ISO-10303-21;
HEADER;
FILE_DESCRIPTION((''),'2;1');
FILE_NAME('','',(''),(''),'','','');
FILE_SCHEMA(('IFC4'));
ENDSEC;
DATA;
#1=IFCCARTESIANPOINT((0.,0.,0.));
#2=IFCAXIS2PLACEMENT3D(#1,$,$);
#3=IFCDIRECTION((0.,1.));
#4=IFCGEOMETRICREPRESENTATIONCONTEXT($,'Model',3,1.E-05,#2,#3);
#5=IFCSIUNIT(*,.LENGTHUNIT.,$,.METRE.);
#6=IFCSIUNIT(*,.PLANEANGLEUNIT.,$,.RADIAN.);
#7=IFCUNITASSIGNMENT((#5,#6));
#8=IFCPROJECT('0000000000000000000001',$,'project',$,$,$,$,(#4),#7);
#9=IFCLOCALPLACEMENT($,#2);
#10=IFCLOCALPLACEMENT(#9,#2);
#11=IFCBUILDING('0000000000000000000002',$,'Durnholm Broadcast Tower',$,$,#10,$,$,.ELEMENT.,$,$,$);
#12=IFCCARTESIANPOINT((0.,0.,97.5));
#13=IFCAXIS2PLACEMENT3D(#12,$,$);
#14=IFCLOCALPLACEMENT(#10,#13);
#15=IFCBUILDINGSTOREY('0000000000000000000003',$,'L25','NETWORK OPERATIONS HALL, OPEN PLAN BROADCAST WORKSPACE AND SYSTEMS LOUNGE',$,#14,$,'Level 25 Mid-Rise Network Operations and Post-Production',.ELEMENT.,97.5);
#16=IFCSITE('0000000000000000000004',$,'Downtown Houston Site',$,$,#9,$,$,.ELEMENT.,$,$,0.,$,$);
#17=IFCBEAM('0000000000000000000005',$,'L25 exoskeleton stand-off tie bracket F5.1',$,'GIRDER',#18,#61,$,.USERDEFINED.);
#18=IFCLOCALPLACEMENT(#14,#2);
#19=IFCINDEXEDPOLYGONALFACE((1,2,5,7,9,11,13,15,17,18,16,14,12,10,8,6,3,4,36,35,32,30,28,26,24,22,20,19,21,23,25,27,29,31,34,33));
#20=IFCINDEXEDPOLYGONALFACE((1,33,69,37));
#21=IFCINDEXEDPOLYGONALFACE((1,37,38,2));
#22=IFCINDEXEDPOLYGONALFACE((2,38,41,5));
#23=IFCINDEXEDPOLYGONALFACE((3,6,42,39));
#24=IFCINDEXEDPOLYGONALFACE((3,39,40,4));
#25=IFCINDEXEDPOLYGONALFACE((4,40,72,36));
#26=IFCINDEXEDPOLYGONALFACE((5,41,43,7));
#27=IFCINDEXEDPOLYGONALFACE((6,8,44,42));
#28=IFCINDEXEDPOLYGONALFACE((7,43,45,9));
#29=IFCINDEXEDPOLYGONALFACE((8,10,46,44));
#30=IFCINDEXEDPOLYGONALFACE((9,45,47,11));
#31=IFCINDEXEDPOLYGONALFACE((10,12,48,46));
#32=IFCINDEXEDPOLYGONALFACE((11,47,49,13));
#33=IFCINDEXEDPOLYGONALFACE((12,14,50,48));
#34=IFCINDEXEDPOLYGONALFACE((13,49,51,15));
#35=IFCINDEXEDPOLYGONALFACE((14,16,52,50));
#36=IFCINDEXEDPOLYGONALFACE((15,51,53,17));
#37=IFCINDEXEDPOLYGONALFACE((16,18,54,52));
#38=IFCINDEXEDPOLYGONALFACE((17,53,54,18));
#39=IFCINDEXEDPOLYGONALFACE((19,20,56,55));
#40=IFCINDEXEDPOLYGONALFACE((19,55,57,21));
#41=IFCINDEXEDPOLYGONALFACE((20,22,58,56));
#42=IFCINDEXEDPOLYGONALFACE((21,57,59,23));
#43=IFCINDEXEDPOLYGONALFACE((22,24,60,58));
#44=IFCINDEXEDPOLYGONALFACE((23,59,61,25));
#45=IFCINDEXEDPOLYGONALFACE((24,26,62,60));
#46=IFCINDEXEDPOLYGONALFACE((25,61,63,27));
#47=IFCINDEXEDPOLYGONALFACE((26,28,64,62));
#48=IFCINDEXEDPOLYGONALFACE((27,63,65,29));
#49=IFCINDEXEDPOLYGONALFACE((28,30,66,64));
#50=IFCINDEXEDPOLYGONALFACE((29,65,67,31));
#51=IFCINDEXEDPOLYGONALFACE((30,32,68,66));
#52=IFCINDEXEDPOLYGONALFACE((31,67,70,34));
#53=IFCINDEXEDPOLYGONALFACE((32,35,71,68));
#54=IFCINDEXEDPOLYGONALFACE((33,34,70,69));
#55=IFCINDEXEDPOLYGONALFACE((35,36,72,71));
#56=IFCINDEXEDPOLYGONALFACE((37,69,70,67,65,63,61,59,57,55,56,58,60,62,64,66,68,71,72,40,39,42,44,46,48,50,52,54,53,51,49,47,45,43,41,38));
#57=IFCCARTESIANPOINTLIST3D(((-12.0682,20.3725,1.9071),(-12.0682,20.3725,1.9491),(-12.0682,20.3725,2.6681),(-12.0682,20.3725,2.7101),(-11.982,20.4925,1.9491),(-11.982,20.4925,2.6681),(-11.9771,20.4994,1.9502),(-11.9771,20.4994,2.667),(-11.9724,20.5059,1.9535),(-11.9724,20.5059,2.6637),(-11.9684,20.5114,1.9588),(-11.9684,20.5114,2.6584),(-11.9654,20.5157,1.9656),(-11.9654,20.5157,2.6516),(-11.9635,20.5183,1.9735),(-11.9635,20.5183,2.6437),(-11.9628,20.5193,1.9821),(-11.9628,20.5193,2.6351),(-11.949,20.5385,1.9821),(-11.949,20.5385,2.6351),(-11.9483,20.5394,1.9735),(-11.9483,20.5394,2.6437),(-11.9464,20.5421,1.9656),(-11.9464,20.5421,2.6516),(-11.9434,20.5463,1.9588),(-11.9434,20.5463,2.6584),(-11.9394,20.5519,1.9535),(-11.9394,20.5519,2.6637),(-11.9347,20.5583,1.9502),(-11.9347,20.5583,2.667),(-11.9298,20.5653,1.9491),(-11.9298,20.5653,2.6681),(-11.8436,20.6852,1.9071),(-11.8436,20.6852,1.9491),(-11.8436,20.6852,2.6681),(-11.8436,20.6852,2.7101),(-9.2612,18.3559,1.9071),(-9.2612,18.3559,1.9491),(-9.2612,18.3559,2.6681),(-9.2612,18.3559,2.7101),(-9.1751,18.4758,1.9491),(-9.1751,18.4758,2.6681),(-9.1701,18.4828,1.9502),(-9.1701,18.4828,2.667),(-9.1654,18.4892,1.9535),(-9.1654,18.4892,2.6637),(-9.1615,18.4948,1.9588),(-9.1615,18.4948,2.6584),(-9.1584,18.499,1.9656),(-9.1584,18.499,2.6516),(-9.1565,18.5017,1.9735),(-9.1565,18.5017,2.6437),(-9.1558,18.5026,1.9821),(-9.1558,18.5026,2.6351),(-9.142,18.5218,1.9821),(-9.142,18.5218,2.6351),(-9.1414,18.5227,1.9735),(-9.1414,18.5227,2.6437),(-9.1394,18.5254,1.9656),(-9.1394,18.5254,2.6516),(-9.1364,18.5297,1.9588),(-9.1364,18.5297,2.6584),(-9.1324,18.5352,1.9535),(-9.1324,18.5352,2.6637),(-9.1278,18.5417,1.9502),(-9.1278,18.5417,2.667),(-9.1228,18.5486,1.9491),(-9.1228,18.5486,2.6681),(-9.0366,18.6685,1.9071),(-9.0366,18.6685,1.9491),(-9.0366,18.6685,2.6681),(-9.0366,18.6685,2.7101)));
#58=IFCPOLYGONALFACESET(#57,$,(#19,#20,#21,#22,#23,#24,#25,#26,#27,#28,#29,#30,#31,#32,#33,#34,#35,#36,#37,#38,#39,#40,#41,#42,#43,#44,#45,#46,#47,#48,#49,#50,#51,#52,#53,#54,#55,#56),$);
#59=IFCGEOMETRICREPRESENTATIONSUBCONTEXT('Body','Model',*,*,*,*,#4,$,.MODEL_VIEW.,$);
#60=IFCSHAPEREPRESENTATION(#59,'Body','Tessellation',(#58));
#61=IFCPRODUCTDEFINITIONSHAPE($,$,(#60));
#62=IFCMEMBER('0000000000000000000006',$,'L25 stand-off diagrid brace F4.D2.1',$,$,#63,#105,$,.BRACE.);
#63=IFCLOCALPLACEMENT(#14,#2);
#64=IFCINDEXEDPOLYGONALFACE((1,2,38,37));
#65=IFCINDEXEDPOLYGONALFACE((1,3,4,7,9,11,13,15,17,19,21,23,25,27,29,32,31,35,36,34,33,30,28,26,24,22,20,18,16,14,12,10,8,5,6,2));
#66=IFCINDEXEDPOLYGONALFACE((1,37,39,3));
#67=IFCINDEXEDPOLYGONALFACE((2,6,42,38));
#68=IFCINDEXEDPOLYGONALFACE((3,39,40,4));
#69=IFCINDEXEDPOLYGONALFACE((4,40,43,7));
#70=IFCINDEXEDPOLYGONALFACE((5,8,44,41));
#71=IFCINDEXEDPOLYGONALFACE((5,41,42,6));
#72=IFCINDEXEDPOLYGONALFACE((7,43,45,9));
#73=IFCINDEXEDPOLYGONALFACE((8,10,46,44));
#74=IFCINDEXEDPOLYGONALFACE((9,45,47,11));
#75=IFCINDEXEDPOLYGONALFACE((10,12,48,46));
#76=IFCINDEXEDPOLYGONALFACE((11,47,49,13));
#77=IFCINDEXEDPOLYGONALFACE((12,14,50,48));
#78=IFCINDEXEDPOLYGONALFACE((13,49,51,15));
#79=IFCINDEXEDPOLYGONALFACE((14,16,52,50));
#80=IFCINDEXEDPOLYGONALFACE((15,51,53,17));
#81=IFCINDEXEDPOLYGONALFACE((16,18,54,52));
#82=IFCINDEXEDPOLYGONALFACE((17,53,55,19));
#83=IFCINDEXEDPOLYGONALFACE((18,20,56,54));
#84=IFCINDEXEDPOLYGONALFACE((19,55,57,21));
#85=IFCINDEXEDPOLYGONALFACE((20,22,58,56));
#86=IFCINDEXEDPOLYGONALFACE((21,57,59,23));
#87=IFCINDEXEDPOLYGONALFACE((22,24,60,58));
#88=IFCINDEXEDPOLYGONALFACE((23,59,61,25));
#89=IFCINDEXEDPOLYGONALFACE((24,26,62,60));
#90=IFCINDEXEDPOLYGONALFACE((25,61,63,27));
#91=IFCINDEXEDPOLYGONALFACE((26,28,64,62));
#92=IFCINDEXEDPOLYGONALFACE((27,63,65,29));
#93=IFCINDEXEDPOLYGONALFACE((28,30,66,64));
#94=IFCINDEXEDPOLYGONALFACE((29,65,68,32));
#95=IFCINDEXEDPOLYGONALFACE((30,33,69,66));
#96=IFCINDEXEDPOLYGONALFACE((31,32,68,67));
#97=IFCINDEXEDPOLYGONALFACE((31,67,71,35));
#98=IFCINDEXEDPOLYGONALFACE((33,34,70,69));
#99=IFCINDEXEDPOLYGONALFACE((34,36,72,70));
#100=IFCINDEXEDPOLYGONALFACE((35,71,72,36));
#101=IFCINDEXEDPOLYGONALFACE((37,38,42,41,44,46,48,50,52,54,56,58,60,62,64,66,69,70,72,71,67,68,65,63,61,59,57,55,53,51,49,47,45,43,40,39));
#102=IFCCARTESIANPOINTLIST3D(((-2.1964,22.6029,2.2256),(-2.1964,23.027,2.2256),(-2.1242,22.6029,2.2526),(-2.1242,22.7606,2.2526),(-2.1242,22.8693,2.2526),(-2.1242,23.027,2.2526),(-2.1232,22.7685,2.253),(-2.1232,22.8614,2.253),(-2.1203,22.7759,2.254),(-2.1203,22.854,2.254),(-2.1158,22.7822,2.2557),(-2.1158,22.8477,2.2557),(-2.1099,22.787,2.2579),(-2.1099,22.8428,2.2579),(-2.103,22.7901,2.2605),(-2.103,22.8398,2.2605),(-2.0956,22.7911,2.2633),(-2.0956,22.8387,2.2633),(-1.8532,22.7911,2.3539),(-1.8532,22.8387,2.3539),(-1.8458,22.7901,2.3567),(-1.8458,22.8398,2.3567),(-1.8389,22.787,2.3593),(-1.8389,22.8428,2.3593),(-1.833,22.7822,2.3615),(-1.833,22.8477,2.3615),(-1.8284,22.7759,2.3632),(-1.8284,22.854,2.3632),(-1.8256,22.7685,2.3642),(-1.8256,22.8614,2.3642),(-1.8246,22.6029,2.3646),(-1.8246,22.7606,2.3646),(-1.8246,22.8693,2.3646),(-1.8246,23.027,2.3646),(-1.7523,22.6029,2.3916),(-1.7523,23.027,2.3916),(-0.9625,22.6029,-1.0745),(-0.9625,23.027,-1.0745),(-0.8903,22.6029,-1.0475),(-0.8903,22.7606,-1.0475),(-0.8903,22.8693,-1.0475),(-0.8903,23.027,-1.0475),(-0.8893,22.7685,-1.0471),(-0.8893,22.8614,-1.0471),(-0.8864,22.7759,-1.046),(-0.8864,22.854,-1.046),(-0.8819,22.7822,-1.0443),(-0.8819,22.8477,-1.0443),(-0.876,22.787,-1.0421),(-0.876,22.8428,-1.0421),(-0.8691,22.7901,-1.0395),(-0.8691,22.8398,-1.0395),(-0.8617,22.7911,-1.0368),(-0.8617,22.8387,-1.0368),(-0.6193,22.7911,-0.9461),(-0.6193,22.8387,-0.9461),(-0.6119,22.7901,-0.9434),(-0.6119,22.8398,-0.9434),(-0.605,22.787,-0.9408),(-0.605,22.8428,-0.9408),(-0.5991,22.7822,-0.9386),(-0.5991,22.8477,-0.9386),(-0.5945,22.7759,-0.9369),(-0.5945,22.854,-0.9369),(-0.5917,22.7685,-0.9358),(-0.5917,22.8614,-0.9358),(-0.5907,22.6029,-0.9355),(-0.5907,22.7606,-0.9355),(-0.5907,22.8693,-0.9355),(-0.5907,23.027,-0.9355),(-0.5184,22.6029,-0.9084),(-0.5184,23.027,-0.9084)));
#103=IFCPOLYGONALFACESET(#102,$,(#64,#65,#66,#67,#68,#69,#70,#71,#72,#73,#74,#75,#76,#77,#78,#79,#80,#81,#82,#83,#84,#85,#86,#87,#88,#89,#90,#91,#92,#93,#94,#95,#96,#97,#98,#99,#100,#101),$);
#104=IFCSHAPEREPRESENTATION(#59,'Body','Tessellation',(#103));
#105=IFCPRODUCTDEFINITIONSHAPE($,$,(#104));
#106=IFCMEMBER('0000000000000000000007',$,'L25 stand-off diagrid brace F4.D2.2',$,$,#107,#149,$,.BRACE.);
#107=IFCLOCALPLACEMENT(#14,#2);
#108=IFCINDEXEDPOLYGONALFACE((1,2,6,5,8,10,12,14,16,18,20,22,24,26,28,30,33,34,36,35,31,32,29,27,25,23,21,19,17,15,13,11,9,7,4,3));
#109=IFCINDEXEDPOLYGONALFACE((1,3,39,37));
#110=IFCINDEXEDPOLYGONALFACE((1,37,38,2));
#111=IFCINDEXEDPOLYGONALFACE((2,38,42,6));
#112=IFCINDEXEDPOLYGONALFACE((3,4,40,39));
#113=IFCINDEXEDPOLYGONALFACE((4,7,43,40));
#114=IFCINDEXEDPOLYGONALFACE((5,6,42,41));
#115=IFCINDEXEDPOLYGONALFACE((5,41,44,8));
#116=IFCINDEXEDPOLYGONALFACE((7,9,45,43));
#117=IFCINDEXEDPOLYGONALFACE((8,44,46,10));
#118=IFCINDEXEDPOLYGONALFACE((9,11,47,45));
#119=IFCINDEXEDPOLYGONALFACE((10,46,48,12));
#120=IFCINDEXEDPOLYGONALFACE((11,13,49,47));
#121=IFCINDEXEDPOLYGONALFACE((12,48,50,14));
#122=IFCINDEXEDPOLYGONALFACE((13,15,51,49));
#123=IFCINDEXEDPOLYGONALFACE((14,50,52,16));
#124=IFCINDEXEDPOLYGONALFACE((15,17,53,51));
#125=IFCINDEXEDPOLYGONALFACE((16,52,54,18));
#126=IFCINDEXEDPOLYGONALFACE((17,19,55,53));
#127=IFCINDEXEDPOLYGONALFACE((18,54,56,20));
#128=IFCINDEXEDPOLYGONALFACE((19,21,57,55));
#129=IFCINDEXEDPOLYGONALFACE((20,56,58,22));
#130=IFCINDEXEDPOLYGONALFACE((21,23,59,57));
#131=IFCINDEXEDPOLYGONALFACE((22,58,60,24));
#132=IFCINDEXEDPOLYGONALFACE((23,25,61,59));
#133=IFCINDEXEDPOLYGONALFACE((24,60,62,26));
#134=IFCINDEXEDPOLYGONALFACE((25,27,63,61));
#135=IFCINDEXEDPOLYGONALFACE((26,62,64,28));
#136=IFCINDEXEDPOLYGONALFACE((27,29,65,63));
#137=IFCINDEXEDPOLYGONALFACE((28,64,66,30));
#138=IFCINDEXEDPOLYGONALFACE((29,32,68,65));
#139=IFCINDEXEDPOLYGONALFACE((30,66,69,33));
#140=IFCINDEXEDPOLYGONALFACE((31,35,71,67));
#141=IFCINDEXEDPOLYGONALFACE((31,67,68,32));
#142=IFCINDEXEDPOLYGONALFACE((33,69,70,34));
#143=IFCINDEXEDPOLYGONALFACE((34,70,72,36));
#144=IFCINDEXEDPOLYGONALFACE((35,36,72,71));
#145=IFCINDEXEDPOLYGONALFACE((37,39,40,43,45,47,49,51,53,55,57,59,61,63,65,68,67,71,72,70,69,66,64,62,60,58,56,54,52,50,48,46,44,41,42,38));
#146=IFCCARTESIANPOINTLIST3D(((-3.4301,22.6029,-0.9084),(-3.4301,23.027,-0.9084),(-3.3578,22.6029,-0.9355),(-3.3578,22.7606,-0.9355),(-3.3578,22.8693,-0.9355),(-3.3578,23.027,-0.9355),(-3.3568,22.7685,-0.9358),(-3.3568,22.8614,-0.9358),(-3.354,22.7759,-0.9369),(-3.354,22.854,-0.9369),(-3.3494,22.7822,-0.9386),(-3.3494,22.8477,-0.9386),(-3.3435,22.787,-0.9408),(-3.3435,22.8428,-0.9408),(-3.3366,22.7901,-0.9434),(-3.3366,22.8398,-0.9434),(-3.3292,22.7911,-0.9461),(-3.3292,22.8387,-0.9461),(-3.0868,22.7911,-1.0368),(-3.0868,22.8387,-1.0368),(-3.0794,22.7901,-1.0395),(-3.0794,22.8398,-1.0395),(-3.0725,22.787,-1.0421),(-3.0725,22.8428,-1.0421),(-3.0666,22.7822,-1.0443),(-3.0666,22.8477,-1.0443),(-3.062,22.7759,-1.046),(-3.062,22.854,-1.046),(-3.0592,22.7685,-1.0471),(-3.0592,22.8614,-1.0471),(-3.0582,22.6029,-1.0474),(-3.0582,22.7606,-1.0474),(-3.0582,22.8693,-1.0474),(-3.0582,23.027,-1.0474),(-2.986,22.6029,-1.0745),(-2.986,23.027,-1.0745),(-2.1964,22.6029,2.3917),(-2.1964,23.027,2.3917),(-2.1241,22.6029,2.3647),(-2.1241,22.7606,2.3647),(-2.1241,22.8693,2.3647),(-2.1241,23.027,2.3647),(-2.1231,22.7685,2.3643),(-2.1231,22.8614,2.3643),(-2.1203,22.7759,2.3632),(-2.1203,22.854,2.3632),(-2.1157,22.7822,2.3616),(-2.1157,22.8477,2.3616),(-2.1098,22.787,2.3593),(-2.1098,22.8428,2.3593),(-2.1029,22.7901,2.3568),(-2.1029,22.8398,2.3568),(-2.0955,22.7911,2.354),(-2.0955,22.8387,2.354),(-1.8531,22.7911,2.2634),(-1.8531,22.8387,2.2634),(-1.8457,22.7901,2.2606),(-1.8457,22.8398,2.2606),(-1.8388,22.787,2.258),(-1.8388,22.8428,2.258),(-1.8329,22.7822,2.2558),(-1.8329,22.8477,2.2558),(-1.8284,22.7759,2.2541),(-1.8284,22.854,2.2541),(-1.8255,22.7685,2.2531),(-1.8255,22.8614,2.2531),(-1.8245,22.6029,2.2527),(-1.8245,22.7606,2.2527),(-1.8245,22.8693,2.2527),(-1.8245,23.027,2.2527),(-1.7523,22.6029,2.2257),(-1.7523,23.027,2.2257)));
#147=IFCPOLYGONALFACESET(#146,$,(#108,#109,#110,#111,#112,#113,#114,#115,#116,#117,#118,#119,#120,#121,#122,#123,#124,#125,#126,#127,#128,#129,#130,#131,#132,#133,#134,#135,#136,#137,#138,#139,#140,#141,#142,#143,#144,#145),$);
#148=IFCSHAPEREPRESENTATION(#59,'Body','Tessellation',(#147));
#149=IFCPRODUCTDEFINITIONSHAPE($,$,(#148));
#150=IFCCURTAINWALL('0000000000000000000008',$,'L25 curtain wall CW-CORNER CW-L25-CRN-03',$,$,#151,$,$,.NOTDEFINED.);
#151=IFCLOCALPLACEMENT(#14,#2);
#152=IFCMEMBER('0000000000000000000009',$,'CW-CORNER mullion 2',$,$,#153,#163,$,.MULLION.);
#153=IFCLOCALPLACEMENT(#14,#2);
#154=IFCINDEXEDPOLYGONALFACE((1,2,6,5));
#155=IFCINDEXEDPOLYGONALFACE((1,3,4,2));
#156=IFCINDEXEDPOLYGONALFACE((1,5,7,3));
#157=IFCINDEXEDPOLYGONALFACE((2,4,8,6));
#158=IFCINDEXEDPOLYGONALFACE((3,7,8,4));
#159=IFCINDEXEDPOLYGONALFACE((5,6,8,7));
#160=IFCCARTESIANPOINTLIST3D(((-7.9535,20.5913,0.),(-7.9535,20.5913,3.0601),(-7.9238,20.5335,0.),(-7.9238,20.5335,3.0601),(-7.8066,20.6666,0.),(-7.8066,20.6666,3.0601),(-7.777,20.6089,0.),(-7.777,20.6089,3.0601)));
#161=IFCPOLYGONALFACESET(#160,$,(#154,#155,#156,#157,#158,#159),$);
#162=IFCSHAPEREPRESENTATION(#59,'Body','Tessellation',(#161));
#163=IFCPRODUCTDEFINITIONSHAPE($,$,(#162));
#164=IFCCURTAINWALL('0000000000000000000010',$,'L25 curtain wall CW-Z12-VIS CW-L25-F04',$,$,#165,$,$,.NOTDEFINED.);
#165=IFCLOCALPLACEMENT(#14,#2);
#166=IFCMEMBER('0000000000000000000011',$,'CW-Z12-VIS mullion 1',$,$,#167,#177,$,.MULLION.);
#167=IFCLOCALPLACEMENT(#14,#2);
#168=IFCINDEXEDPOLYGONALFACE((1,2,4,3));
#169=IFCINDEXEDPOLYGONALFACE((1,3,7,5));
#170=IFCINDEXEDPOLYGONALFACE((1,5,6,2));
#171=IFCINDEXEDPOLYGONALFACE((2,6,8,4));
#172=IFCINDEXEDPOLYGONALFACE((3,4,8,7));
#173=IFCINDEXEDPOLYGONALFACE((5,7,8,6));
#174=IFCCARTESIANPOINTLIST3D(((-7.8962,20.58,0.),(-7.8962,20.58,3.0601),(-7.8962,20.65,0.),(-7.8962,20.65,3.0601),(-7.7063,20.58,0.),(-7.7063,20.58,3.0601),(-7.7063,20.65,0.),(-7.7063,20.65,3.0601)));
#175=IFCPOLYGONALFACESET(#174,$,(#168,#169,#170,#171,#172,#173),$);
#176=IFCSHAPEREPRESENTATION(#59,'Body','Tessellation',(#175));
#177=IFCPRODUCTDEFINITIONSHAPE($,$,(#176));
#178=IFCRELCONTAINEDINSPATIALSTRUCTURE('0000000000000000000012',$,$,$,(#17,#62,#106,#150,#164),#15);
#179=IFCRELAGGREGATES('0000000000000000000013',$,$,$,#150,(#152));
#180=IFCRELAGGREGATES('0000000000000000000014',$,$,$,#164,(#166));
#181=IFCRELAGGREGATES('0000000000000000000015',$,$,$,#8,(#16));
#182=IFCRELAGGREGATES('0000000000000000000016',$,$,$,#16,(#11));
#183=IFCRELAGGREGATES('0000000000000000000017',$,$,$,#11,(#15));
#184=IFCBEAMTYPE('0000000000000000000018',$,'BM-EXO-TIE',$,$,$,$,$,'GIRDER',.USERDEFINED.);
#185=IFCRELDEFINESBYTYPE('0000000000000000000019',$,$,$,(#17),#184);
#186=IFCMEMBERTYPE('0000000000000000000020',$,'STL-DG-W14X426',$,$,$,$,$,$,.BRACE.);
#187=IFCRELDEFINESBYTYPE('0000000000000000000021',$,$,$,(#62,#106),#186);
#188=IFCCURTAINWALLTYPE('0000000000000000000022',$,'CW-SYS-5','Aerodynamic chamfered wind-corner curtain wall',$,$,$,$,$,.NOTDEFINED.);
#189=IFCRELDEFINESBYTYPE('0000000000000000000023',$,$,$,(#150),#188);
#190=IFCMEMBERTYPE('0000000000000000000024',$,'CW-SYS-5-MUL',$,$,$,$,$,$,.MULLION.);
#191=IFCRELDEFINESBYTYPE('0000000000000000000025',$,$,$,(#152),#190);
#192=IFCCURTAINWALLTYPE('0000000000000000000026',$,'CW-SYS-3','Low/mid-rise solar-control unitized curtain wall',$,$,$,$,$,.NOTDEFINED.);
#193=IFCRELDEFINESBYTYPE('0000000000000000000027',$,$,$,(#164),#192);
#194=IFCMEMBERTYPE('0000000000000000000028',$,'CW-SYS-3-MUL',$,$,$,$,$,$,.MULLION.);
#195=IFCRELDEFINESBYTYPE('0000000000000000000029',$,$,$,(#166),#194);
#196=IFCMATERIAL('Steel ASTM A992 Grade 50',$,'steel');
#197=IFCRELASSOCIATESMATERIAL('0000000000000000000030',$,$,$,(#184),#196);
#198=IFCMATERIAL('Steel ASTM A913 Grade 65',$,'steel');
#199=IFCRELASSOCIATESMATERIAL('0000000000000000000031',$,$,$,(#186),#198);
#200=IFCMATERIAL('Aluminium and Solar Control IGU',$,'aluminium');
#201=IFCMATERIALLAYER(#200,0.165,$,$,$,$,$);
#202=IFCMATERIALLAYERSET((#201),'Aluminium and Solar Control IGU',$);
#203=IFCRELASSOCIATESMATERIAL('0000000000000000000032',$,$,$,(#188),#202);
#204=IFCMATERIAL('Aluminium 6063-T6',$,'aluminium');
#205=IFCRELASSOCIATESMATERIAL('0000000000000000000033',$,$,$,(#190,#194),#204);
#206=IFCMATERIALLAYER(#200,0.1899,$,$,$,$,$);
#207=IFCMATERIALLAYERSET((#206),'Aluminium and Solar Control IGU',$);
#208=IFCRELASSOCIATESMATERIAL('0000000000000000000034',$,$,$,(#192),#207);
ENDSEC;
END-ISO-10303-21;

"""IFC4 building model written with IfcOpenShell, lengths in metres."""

from ifc_helpers import new_model, si_unit, direction, frame, origin, origin_2d, place, context, subcontext, project, spatial, rectangle, i_section, extrude, source, transform, mapped, material, layer, layer_set, material_profile, profile_set, type_object, type_shapes, element, aggregate, save


model = new_model("IFC4")

# Units and contexts
model_context = context("Model", 3, precision=1e-05, world=origin(), true_north=direction((0.0, 1.0)))
body_context = subcontext(model_context, "Body", "Model", "MODEL_VIEW")
ifc_project = project(units=[si_unit("LENGTHUNIT", "METRE"), si_unit("PLANEANGLEUNIT", "RADIAN")], contexts=[model_context])

# Site, building, storey
site_placement = place(None, origin())
site = spatial("IfcSite", under=ifc_project, at=site_placement, Name="Downtown Houston Site", CompositionType="ELEMENT", RefElevation=0.0)
building_placement = place(site_placement, origin())
building = spatial("IfcBuilding", under=site, at=building_placement, Name="Durnholm Broadcast Tower", CompositionType="ELEMENT")
storey_placement = place(building_placement, frame((0.0, 0.0, 97.5)))
storey = spatial("IfcBuildingStorey", under=building, at=storey_placement, Name="L25", Description="NETWORK OPERATIONS HALL, OPEN PLAN BROADCAST WORKSPACE AND SYSTEMS LOUNGE", LongName="Level 25 Mid-Rise Network Operations and Post-Production", CompositionType="ELEMENT", Elevation=97.5)

# Beam
ifc_material_1 = material(Name="Steel ASTM A992 Grade 50", Category="steel")
ifc_material_profile_1 = material_profile(ifc_material_1, i_section(OverallWidth=0.385, OverallDepth=0.803, WebThickness=0.0237, FlangeThickness=0.042, FilletRadius=0.033, at=origin_2d()), Name="W30X261")
ifc_profile_set_1 = profile_set([ifc_material_profile_1], Name="Steel ASTM A992 Grade 50")
beam_type_1 = type_object("IfcBeamType", Name="BM-EXO-TIE", ElementType="GIRDER", PredefinedType="USERDEFINED", material=ifc_profile_set_1)
shared_shape_1 = source(origin(), body_context, "Body", "SweptSolid", [
    extrude(i_section(OverallWidth=0.385, OverallDepth=0.803, WebThickness=0.0237, FlangeThickness=0.042, FilletRadius=0.033, at=origin_2d()), origin(), (0.0, 0.0, 1.0), 3.4563),
])
beam_1_placement = place(storey_placement, frame((-9.1489, 18.5122, 2.3086), z_axis=(-0.812131, 0.583474, 0.0), x_axis=(-0.583474, -0.812131, 0.0)))
element("IfcBeam", 1, at=beam_1_placement, inside=storey, type_object=beam_type_1, Name="L25 exoskeleton stand-off tie bracket F5.1", ObjectType="GIRDER", PredefinedType="USERDEFINED", context=body_context, shape_type="MappedRepresentation", body=[
    mapped(shared_shape_1, transform((0.0, 0.0, 0.0), x_axis=(1.0, 0.0, 0.0), y_axis=(0.0, 1.0, 0.0), z_axis=(0.0, 0.0, 1.0), scale=1.0)),
])

# Members
ifc_material_2 = material(Name="Steel ASTM A913 Grade 65", Category="steel")
ifc_material_profile_2 = material_profile(ifc_material_2, i_section(OverallWidth=0.4241, OverallDepth=0.4741, WebThickness=0.0476, FlangeThickness=0.0771, FilletRadius=0.0305, at=origin_2d()), Name="W14X426")
ifc_profile_set_2 = profile_set([ifc_material_profile_2], Name="Steel ASTM A913 Grade 65")
member_type_1 = type_object("IfcMemberType", Name="STL-DG-W14X426", PredefinedType="BRACE", material=ifc_profile_set_2)
shared_shape_2 = source(origin(), body_context, "Body", "SweptSolid", [
    extrude(i_section(OverallWidth=0.4241, OverallDepth=0.4741, WebThickness=0.0476, FlangeThickness=0.0771, FilletRadius=0.0305, at=origin_2d()), origin(), (0.0, 0.0, 1.0), 3.5232),
])
type_shapes(member_type_1, [shared_shape_2])
for number, where, z_axis, x_axis, name in (
    (2, (-0.7405, 22.8149, -0.9915), (-0.35022, 0.0, 0.936668), (0.0, -1.0, 0.0), "L25 stand-off diagrid brace F4.D2.1"),
    (3, (-3.208, 22.8149, -0.9915), (0.350159, 0.0, 0.93669), (0.0, 1.0, 0.0), "L25 stand-off diagrid brace F4.D2.2"),
):
    element("IfcMember", number, at=place(storey_placement, frame(where, z_axis=z_axis, x_axis=x_axis)), inside=storey, type_object=member_type_1, Name=name, PredefinedType="BRACE", context=body_context, shape_type="MappedRepresentation", body=[
        mapped(shared_shape_2, transform((0.0, 0.0, 0.0), x_axis=(1.0, 0.0, 0.0), y_axis=(0.0, 1.0, 0.0), z_axis=(0.0, 0.0, 1.0), scale=1.0)),
    ])

# Curtain wall, member
ifc_material_3 = material(Name="Aluminium and Solar Control IGU", Category="aluminium")
ifc_layer_1 = layer(ifc_material_3, 0.165)
ifc_layer_set_1 = layer_set([ifc_layer_1], Name="Aluminium and Solar Control IGU")
curtain_wall_type_1 = type_object("IfcCurtainWallType", Name="CW-SYS-5", Description="Aerodynamic chamfered wind-corner curtain wall", PredefinedType="NOTDEFINED", material=ifc_layer_set_1)
curtain_wall_1_placement = place(storey_placement, origin())
curtain_wall_1 = element("IfcCurtainWall", 4, at=curtain_wall_1_placement, inside=storey, type_object=curtain_wall_type_1, Name="L25 curtain wall CW-CORNER CW-L25-CRN-03", PredefinedType="NOTDEFINED")
ifc_material_4 = material(Name="Aluminium 6063-T6", Category="aluminium")
ifc_material_profile_3 = material_profile(ifc_material_4, rectangle(XDim=0.0649, YDim=0.165, at=origin_2d()), Name="CWM65X165")
ifc_profile_set_3 = profile_set([ifc_material_profile_3], Name="Aluminium 6063-T6")
member_type_2 = type_object("IfcMemberType", Name="CW-SYS-5-MUL", PredefinedType="MULLION", material=ifc_profile_set_3)
shared_shape_3 = source(origin(), body_context, "Body", "SweptSolid", [
    extrude(rectangle(XDim=0.0649, YDim=0.165, at=origin_2d()), origin(), (0.0, 0.0, 1.0), 3.0601),
])
type_shapes(member_type_2, [shared_shape_3])
member_1_placement = place(storey_placement, frame((-7.8652, 20.6001, 0.0), z_axis=(0.0, 0.0, 1.0), x_axis=(-0.456373, 0.889788, 0.0)))
member_1 = element("IfcMember", 5, at=member_1_placement, type_object=member_type_2, Name="CW-CORNER mullion 2", PredefinedType="MULLION", context=body_context, shape_type="MappedRepresentation", body=[
    mapped(shared_shape_3, transform((0.0, 0.0, 0.0), x_axis=(1.0, 0.0, 0.0), y_axis=(0.0, 1.0, 0.0), z_axis=(0.0, 0.0, 1.0), scale=1.0)),
])

# Curtain wall, member
ifc_layer_2 = layer(ifc_material_3, 0.1899)
ifc_layer_set_2 = layer_set([ifc_layer_2], Name="Aluminium and Solar Control IGU")
curtain_wall_type_2 = type_object("IfcCurtainWallType", Name="CW-SYS-3", Description="Low/mid-rise solar-control unitized curtain wall", PredefinedType="NOTDEFINED", material=ifc_layer_set_2)
curtain_wall_2_placement = place(storey_placement, origin())
curtain_wall_2 = element("IfcCurtainWall", 6, at=curtain_wall_2_placement, inside=storey, type_object=curtain_wall_type_2, Name="L25 curtain wall CW-Z12-VIS CW-L25-F04", PredefinedType="NOTDEFINED")
ifc_material_profile_4 = material_profile(ifc_material_4, rectangle(XDim=0.0701, YDim=0.1899, at=origin_2d()), Name="CWM70X190")
ifc_profile_set_4 = profile_set([ifc_material_profile_4], Name="Aluminium 6063-T6")
member_type_3 = type_object("IfcMemberType", Name="CW-SYS-3-MUL", PredefinedType="MULLION", material=ifc_profile_set_4)
shared_shape_4 = source(origin(), body_context, "Body", "SweptSolid", [
    extrude(rectangle(XDim=0.0701, YDim=0.1899, at=origin_2d()), origin(), (0.0, 0.0, 1.0), 3.0601),
])
type_shapes(member_type_3, [shared_shape_4])
member_2_placement = place(storey_placement, frame((-7.8013, 20.615, 0.0), z_axis=(0.0, 0.0, 1.0), x_axis=(0.0, 1.0, 0.0)))
member_2 = element("IfcMember", 7, at=member_2_placement, type_object=member_type_3, Name="CW-Z12-VIS mullion 1", PredefinedType="MULLION", context=body_context, shape_type="MappedRepresentation", body=[
    mapped(shared_shape_4, transform((0.0, 0.0, 0.0), x_axis=(1.0, 0.0, 0.0), y_axis=(0.0, 1.0, 0.0), z_axis=(0.0, 0.0, 1.0), scale=1.0)),
])

aggregate(curtain_wall_1, [member_1])
aggregate(curtain_wall_2, [member_2])

save(model, "model.ifc")
